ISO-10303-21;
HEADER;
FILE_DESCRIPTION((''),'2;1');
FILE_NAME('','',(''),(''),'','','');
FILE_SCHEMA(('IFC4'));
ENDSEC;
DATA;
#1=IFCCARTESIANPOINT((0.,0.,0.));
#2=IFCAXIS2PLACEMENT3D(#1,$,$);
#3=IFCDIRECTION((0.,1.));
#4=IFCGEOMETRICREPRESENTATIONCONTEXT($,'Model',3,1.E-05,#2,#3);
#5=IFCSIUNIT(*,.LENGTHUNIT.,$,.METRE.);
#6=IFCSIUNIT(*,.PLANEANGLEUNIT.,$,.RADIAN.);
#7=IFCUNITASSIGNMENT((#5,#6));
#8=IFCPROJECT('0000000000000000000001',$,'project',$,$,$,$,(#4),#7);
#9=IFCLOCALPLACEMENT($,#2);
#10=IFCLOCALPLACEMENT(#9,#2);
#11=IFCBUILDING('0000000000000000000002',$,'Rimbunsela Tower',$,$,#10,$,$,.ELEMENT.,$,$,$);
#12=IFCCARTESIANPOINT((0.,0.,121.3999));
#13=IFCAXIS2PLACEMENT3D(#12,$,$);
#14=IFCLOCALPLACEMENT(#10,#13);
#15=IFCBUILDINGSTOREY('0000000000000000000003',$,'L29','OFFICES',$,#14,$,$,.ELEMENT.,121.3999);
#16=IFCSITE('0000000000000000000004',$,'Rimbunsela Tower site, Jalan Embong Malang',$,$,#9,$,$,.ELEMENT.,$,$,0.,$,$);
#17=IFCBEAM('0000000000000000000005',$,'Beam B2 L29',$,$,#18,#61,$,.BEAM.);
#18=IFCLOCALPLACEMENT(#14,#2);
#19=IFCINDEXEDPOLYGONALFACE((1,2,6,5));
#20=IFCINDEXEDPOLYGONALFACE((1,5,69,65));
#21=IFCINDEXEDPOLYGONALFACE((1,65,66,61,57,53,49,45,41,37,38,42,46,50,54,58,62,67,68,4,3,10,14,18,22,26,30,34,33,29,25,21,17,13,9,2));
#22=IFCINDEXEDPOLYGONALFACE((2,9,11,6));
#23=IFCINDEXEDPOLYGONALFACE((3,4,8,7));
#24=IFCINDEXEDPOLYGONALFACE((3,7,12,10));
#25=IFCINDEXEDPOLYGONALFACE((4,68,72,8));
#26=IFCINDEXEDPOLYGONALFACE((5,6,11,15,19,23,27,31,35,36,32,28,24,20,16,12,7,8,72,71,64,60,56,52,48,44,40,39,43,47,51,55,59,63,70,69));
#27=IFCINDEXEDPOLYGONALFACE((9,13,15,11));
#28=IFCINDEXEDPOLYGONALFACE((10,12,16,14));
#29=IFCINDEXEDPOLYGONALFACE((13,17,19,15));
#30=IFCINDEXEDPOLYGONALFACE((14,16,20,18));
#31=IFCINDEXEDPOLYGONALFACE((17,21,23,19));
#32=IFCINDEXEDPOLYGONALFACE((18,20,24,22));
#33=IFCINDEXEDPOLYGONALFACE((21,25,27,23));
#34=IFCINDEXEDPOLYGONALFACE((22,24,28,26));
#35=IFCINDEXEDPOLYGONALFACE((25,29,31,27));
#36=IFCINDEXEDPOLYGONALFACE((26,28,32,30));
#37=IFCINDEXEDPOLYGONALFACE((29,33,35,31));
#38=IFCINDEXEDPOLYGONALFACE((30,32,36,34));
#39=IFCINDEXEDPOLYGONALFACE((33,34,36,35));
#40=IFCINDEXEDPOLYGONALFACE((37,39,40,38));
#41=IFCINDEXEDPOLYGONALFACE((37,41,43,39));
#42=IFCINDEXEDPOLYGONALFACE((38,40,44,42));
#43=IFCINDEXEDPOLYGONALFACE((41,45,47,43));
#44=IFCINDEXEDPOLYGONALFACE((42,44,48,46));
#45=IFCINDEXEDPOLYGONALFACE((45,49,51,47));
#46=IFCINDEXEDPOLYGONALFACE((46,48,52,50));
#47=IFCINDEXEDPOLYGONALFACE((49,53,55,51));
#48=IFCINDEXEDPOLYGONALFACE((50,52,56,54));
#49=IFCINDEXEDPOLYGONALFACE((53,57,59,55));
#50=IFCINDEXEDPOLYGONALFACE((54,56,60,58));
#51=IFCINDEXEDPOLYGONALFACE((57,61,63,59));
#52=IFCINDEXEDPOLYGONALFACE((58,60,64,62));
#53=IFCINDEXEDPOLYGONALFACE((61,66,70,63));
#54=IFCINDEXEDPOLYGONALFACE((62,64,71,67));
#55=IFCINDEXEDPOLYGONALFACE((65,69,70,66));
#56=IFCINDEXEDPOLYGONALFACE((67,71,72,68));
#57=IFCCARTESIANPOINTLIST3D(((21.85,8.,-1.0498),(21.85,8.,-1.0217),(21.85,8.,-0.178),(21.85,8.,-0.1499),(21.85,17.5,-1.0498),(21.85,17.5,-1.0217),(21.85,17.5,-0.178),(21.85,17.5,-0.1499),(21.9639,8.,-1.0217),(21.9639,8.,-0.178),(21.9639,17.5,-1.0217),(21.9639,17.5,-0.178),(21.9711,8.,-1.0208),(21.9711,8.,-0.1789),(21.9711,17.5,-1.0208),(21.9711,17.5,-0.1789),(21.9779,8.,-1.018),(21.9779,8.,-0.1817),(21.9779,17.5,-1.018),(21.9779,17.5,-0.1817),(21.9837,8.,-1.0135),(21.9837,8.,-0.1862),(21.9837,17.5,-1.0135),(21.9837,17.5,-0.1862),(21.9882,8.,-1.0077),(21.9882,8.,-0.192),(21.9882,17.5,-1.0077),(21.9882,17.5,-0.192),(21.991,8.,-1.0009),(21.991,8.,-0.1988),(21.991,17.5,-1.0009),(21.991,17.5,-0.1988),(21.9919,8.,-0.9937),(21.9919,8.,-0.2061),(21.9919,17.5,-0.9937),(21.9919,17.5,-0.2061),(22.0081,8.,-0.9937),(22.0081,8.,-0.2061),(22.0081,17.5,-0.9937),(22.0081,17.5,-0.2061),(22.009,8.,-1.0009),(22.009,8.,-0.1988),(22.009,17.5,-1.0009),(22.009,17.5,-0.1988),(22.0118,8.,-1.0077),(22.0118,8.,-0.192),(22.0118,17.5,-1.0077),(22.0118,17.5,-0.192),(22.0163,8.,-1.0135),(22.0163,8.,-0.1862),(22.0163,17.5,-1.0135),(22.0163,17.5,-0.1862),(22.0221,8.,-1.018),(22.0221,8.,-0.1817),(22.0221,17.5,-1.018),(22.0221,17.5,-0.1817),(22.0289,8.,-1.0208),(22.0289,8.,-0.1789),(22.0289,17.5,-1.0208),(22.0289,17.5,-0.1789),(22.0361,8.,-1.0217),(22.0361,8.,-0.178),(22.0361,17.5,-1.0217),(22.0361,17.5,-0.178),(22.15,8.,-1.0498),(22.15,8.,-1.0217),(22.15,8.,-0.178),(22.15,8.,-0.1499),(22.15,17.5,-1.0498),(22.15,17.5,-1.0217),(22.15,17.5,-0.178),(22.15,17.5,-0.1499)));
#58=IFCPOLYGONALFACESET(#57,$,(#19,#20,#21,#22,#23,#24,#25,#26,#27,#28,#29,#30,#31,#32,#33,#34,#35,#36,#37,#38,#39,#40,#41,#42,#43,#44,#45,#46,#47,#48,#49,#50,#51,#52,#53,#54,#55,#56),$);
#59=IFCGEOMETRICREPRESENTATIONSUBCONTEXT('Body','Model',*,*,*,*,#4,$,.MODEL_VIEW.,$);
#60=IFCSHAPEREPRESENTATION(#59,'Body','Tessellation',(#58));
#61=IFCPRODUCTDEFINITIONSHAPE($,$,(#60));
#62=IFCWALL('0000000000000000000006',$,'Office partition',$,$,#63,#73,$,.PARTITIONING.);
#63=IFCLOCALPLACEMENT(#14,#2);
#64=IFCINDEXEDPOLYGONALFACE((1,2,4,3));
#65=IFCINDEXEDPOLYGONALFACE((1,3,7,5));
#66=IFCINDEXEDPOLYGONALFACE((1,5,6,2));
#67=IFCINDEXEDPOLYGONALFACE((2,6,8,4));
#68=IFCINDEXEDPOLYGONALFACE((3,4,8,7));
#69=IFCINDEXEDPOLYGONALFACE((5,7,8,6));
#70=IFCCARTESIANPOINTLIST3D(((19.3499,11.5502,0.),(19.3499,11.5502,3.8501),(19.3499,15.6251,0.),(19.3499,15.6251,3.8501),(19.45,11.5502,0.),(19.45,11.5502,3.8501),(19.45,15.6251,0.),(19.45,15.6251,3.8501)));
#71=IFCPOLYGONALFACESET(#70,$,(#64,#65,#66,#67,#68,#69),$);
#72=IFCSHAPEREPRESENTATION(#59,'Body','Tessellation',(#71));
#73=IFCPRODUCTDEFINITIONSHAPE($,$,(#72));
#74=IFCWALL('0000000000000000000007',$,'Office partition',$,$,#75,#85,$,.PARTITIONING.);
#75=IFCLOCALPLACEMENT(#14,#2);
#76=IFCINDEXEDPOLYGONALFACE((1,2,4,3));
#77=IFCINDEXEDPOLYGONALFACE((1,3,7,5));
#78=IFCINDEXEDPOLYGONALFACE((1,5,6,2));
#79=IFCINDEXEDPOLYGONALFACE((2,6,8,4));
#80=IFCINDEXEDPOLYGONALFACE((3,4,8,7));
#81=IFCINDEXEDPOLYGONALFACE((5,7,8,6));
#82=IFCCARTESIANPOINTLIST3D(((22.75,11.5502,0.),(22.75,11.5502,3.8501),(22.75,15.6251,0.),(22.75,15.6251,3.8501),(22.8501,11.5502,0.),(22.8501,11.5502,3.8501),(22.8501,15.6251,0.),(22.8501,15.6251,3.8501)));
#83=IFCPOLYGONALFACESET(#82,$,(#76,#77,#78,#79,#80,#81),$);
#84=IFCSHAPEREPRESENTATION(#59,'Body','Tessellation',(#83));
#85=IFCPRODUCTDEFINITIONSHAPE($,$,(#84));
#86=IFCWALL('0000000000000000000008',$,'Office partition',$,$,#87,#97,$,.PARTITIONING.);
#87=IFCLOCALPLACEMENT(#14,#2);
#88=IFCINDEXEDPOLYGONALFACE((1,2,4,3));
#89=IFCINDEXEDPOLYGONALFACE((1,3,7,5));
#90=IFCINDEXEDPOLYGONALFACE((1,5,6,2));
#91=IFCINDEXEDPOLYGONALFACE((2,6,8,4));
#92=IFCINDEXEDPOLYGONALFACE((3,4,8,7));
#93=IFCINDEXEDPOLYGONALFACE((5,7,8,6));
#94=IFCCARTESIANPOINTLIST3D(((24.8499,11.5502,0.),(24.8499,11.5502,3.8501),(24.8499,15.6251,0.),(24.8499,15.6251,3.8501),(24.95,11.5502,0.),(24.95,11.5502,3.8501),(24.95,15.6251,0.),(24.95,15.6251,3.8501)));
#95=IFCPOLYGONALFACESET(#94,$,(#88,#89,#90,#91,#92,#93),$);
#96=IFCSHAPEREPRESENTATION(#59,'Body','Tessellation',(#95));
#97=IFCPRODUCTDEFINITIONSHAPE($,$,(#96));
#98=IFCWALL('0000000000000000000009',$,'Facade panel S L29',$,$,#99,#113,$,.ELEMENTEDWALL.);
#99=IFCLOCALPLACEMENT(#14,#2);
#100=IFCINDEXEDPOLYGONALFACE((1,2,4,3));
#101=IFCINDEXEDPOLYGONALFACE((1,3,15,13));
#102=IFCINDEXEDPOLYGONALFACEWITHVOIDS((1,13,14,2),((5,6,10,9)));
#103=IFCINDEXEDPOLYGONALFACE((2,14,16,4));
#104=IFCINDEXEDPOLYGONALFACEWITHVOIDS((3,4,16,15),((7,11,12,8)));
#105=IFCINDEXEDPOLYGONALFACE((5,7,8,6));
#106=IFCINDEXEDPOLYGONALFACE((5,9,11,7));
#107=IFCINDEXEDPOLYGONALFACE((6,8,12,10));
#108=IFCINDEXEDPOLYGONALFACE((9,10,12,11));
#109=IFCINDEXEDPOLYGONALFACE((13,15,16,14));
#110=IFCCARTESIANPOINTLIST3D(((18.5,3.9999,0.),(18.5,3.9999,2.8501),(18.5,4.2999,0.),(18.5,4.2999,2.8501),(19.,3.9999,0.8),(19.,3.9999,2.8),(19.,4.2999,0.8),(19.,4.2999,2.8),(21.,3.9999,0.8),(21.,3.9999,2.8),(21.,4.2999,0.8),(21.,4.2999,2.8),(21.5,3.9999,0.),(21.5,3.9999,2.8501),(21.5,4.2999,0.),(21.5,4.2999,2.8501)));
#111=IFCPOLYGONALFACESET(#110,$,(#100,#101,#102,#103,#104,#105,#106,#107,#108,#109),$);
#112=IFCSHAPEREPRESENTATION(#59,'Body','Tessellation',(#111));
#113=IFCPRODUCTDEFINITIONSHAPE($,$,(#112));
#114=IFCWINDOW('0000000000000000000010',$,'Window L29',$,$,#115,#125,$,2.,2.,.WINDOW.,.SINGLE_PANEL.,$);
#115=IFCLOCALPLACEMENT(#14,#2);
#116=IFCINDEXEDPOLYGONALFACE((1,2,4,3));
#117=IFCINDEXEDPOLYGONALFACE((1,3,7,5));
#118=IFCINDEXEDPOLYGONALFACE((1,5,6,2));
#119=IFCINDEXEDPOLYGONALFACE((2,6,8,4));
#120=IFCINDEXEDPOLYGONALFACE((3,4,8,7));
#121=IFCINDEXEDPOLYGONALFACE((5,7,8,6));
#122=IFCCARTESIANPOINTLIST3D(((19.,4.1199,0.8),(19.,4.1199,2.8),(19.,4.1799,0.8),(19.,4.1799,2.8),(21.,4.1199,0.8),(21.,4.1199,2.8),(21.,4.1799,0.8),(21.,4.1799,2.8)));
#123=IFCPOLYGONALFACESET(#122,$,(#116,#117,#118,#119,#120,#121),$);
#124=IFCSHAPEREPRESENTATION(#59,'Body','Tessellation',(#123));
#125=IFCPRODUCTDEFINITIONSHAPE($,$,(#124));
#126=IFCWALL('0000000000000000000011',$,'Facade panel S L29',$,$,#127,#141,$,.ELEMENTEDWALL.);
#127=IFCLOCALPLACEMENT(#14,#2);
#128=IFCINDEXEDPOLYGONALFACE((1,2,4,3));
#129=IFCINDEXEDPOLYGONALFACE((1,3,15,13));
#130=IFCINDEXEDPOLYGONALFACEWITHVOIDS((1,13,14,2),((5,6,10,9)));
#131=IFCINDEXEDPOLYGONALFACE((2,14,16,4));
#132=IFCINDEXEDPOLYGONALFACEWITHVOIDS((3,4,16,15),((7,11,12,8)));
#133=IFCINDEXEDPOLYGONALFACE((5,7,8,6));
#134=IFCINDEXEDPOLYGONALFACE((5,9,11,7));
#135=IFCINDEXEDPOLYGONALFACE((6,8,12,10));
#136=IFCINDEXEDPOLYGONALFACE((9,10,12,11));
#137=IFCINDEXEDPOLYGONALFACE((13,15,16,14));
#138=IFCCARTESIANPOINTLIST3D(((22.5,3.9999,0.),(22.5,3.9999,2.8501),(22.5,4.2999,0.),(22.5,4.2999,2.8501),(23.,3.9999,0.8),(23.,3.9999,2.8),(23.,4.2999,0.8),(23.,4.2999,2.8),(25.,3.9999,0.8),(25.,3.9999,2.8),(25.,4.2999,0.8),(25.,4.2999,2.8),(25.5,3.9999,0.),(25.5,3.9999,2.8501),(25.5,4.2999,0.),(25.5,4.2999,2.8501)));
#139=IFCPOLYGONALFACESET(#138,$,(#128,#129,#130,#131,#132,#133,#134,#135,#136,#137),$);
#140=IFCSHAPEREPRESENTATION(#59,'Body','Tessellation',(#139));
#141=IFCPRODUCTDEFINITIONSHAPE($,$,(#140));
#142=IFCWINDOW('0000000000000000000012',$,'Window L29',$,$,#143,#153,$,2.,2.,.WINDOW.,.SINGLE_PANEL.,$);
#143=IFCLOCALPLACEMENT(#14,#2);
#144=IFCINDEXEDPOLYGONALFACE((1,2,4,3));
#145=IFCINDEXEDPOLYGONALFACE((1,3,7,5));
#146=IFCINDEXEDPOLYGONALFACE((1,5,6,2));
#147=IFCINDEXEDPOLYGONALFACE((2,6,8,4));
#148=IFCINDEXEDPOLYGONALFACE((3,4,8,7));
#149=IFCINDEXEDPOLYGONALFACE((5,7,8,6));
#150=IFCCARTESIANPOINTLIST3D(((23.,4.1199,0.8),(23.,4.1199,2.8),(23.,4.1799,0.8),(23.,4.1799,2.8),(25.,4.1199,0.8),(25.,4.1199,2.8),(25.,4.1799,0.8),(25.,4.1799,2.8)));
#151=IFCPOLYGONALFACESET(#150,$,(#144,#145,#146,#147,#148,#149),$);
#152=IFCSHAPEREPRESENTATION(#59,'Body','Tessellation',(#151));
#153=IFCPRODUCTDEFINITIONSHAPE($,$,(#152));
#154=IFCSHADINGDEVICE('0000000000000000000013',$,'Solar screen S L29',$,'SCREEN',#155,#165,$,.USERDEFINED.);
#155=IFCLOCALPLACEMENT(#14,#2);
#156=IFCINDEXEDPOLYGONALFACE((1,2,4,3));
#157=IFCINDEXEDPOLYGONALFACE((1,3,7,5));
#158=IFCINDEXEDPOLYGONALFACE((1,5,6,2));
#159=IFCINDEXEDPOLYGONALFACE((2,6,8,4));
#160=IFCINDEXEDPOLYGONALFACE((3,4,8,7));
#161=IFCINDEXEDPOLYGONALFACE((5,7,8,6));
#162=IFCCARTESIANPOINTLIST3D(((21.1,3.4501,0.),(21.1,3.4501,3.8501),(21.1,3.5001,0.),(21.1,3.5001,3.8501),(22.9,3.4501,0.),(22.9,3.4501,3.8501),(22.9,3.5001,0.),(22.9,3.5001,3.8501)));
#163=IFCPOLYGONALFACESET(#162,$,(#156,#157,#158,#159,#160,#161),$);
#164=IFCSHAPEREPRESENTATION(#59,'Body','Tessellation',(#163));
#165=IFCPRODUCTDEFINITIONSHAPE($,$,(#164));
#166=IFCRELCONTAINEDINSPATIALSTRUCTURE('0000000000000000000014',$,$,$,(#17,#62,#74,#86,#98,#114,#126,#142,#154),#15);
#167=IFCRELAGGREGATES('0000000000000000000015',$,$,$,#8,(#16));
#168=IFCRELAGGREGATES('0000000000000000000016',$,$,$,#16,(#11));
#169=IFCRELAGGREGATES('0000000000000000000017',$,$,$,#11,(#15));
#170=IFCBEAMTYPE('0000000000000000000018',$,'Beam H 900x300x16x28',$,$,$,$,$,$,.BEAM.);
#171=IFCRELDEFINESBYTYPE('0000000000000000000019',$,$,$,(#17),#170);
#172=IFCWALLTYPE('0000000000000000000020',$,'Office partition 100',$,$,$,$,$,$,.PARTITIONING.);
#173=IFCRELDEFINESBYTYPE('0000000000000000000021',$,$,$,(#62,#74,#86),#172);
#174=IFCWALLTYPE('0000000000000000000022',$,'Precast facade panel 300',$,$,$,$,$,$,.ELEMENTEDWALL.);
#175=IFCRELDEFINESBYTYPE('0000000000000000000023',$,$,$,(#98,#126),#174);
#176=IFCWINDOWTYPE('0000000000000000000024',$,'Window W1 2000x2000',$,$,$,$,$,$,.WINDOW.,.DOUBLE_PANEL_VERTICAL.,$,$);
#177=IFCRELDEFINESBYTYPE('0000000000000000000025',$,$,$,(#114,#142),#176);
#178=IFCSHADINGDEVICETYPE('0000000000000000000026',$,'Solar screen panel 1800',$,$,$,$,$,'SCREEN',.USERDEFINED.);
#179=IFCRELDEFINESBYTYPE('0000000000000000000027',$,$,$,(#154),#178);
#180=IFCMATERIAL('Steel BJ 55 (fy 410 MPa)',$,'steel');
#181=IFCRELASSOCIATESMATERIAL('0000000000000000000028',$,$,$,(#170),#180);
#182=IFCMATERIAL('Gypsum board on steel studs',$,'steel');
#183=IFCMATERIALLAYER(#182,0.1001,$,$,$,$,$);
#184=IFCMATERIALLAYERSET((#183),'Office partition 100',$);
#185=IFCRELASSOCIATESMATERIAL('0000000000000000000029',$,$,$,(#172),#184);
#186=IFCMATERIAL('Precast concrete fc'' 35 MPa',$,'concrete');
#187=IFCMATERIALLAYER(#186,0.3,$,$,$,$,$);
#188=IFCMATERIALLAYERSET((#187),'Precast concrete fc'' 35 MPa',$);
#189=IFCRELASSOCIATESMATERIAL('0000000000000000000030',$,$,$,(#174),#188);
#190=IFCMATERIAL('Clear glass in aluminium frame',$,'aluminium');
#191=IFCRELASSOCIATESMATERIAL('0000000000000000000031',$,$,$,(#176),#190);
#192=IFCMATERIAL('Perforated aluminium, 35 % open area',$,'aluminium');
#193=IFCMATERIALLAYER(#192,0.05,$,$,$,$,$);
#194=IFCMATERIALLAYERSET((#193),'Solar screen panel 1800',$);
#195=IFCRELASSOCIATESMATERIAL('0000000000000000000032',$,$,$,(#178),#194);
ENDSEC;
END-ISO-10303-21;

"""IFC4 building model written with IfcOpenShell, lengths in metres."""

from ifc_helpers import new_model, si_unit, direction, frame, frame_2d, origin, origin_2d, place, context, subcontext, project, spatial, rectangle, i_section, extrude, material, layer, layer_set, material_profile, profile_set, type_object, element, fill, save


model = new_model("IFC4")

# Units and contexts
model_context = context("Model", 3, precision=1e-05, world=origin(), true_north=direction((0.0, 1.0)))
body_context = subcontext(model_context, "Body", "Model", "MODEL_VIEW")
ifc_project = project(units=[si_unit("LENGTHUNIT", "METRE"), si_unit("PLANEANGLEUNIT", "RADIAN")], contexts=[model_context])

# Site, building, storey
site_placement = place(None, origin())
site = spatial("IfcSite", under=ifc_project, at=site_placement, Name="Rimbunsela Tower site, Jalan Embong Malang", CompositionType="ELEMENT", RefElevation=0.0)
building_placement = place(site_placement, origin())
building = spatial("IfcBuilding", under=site, at=building_placement, Name="Rimbunsela Tower", CompositionType="ELEMENT")
storey_placement = place(building_placement, frame((0.0, 0.0, 121.3999)))
storey = spatial("IfcBuildingStorey", under=building, at=storey_placement, Name="L29", Description="OFFICES", CompositionType="ELEMENT", Elevation=121.3999)

# Beam
ifc_material_1 = material(Name="Steel BJ 55 (fy 410 MPa)", Category="steel")
ifc_material_profile_1 = material_profile(ifc_material_1, i_section(OverallWidth=0.3, OverallDepth=0.8999, WebThickness=0.0161, FlangeThickness=0.0281, FilletRadius=0.0281, at=origin_2d()), Name="H 900x300x16x28")
ifc_profile_set_1 = profile_set([ifc_material_profile_1], Name="Steel BJ 55 (fy 410 MPa)")
beam_type_1 = type_object("IfcBeamType", Name="Beam H 900x300x16x28", PredefinedType="BEAM", material=ifc_profile_set_1)
beam_1_placement = place(storey_placement, frame((22.0, 8.0, -0.5999), z_axis=(0.0, 1.0, 0.0), x_axis=(-1.0, 0.0, 0.0)))
element("IfcBeam", 1, at=beam_1_placement, inside=storey, type_object=beam_type_1, Name="Beam B2 L29", PredefinedType="BEAM", context=body_context, shape_type="SweptSolid", body=[
    extrude(i_section(OverallWidth=0.3, OverallDepth=0.8999, WebThickness=0.0161, FlangeThickness=0.0281, FilletRadius=0.0281, at=origin_2d()), origin(), (0.0, 0.0, 1.0), 9.5),
])

# Walls
ifc_material_2 = material(Name="Gypsum board on steel studs", Category="steel")
ifc_layer_1 = layer(ifc_material_2, 0.1001)
ifc_layer_set_1 = layer_set([ifc_layer_1], Name="Office partition 100")
wall_type_1 = type_object("IfcWallType", Name="Office partition 100", PredefinedType="PARTITIONING", material=ifc_layer_set_1)
for number, where, z_axis, x_axis, name in (
    (2, (19.3999, 11.55, 0.0), (0.0, 0.0, 1.0), (0.0, 1.0, 0.0), "Office partition"),
    (3, (22.8, 11.55, 0.0), (0.0, 0.0, 1.0), (0.0, 1.0, 0.0), "Office partition"),
    (4, (24.8999, 11.55, 0.0), (0.0, 0.0, 1.0), (0.0, 1.0, 0.0), "Office partition"),
):
    element("IfcWall", number, at=place(storey_placement, frame(where, z_axis=z_axis, x_axis=x_axis)), inside=storey, type_object=wall_type_1, Name=name, PredefinedType="PARTITIONING", context=body_context, shape_type="SweptSolid", body=[
        extrude(rectangle(XDim=4.075, YDim=0.1001, at=frame_2d((2.0376, 0.0))), origin(), (0.0, 0.0, 1.0), 3.8501),
    ])

# Walls, openings, windows
ifc_material_3 = material(Name="Precast concrete fc' 35 MPa", Category="concrete")
ifc_layer_2 = layer(ifc_material_3, 0.3)
ifc_layer_set_2 = layer_set([ifc_layer_2], Name="Precast concrete fc' 35 MPa")
wall_type_2 = type_object("IfcWallType", Name="Precast facade panel 300", PredefinedType="ELEMENTEDWALL", material=ifc_layer_set_2)
wall_1_placement = place(storey_placement, frame((18.5, 4.1499, 0.0), z_axis=(0.0, 0.0, 1.0), x_axis=(1.0, 0.0, 0.0)))
wall_1 = element("IfcWall", 5, at=wall_1_placement, inside=storey, type_object=wall_type_2, Name="Facade panel S L29", PredefinedType="ELEMENTEDWALL", context=body_context, shape_type="SweptSolid", body=[
    extrude(rectangle(XDim=3.0, YDim=0.3, at=frame_2d((1.5, 0.0))), origin(), (0.0, 0.0, 1.0), 2.8501),
])
opening_1_placement = place(wall_1_placement, frame((0.5, 0.0, 0.8)))
opening_1 = element("IfcOpeningElement", 6, at=opening_1_placement, cuts=wall_1, PredefinedType="OPENING", context=body_context, shape_type="SweptSolid", body=[
    extrude(rectangle(XDim=2.0, YDim=2.0, at=frame_2d((1.0, 1.0))), frame((0.0, 0.1599, 0.0), z_axis=(0.0, -1.0, 0.0), x_axis=(1.0, 0.0, 0.0)), (0.0, 0.0, 1.0), 0.3201),
])
ifc_material_4 = material(Name="Clear glass in aluminium frame", Category="aluminium")
window_type = type_object("IfcWindowType", Name="Window W1 2000x2000", PartitioningType="DOUBLE_PANEL_VERTICAL", PredefinedType="WINDOW", material=ifc_material_4)
window_1_placement = place(opening_1_placement, origin())
window_1 = element("IfcWindow", 7, at=window_1_placement, inside=storey, type_object=window_type, Name="Window L29", OverallHeight=2.0, OverallWidth=2.0, PartitioningType="SINGLE_PANEL", PredefinedType="WINDOW", context=body_context, shape_type="SweptSolid", body=[
    extrude(rectangle(XDim=2.0, YDim=2.0, at=frame_2d((1.0, 1.0))), frame((0.0, 0.03, 0.0), z_axis=(0.0, -1.0, 0.0), x_axis=(1.0, 0.0, 0.0)), (0.0, 0.0, 1.0), 0.0601),
])
fill(opening_1, window_1)
wall_2_placement = place(storey_placement, frame((22.5, 4.1499, 0.0), z_axis=(0.0, 0.0, 1.0), x_axis=(1.0, 0.0, 0.0)))
wall_2 = element("IfcWall", 8, at=wall_2_placement, inside=storey, type_object=wall_type_2, Name="Facade panel S L29", PredefinedType="ELEMENTEDWALL", context=body_context, shape_type="SweptSolid", body=[
    extrude(rectangle(XDim=3.0, YDim=0.3, at=frame_2d((1.5, 0.0))), origin(), (0.0, 0.0, 1.0), 2.8501),
])
opening_2_placement = place(wall_2_placement, frame((0.5, 0.0, 0.8)))
opening_2 = element("IfcOpeningElement", 9, at=opening_2_placement, cuts=wall_2, PredefinedType="OPENING", context=body_context, shape_type="SweptSolid", body=[
    extrude(rectangle(XDim=2.0, YDim=2.0, at=frame_2d((1.0, 1.0))), frame((0.0, 0.1599, 0.0), z_axis=(0.0, -1.0, 0.0), x_axis=(1.0, 0.0, 0.0)), (0.0, 0.0, 1.0), 0.3201),
])
window_2_placement = place(opening_2_placement, origin())
window_2 = element("IfcWindow", 10, at=window_2_placement, inside=storey, type_object=window_type, Name="Window L29", OverallHeight=2.0, OverallWidth=2.0, PartitioningType="SINGLE_PANEL", PredefinedType="WINDOW", context=body_context, shape_type="SweptSolid", body=[
    extrude(rectangle(XDim=2.0, YDim=2.0, at=frame_2d((1.0, 1.0))), frame((0.0, 0.03, 0.0), z_axis=(0.0, -1.0, 0.0), x_axis=(1.0, 0.0, 0.0)), (0.0, 0.0, 1.0), 0.0601),
])
fill(opening_2, window_2)

# Shading device
ifc_material_5 = material(Name="Perforated aluminium, 35 % open area", Category="aluminium")
ifc_layer_3 = layer(ifc_material_5, 0.05)
ifc_layer_set_3 = layer_set([ifc_layer_3], Name="Solar screen panel 1800")
shading_device_type = type_object("IfcShadingDeviceType", Name="Solar screen panel 1800", ElementType="SCREEN", PredefinedType="USERDEFINED", material=ifc_layer_set_3)
shading_device_placement = place(storey_placement, frame((22.0, 3.4751, 0.0), z_axis=(0.0, 0.0, 1.0), x_axis=(1.0, 0.0, 0.0)))
element("IfcShadingDevice", 11, at=shading_device_placement, inside=storey, type_object=shading_device_type, Name="Solar screen S L29", ObjectType="SCREEN", PredefinedType="USERDEFINED", context=body_context, shape_type="SweptSolid", body=[
    extrude(rectangle(XDim=1.8, YDim=0.05, at=origin_2d()), origin(), (0.0, 0.0, 1.0), 3.8501),
])

save(model, "model.ifc")
